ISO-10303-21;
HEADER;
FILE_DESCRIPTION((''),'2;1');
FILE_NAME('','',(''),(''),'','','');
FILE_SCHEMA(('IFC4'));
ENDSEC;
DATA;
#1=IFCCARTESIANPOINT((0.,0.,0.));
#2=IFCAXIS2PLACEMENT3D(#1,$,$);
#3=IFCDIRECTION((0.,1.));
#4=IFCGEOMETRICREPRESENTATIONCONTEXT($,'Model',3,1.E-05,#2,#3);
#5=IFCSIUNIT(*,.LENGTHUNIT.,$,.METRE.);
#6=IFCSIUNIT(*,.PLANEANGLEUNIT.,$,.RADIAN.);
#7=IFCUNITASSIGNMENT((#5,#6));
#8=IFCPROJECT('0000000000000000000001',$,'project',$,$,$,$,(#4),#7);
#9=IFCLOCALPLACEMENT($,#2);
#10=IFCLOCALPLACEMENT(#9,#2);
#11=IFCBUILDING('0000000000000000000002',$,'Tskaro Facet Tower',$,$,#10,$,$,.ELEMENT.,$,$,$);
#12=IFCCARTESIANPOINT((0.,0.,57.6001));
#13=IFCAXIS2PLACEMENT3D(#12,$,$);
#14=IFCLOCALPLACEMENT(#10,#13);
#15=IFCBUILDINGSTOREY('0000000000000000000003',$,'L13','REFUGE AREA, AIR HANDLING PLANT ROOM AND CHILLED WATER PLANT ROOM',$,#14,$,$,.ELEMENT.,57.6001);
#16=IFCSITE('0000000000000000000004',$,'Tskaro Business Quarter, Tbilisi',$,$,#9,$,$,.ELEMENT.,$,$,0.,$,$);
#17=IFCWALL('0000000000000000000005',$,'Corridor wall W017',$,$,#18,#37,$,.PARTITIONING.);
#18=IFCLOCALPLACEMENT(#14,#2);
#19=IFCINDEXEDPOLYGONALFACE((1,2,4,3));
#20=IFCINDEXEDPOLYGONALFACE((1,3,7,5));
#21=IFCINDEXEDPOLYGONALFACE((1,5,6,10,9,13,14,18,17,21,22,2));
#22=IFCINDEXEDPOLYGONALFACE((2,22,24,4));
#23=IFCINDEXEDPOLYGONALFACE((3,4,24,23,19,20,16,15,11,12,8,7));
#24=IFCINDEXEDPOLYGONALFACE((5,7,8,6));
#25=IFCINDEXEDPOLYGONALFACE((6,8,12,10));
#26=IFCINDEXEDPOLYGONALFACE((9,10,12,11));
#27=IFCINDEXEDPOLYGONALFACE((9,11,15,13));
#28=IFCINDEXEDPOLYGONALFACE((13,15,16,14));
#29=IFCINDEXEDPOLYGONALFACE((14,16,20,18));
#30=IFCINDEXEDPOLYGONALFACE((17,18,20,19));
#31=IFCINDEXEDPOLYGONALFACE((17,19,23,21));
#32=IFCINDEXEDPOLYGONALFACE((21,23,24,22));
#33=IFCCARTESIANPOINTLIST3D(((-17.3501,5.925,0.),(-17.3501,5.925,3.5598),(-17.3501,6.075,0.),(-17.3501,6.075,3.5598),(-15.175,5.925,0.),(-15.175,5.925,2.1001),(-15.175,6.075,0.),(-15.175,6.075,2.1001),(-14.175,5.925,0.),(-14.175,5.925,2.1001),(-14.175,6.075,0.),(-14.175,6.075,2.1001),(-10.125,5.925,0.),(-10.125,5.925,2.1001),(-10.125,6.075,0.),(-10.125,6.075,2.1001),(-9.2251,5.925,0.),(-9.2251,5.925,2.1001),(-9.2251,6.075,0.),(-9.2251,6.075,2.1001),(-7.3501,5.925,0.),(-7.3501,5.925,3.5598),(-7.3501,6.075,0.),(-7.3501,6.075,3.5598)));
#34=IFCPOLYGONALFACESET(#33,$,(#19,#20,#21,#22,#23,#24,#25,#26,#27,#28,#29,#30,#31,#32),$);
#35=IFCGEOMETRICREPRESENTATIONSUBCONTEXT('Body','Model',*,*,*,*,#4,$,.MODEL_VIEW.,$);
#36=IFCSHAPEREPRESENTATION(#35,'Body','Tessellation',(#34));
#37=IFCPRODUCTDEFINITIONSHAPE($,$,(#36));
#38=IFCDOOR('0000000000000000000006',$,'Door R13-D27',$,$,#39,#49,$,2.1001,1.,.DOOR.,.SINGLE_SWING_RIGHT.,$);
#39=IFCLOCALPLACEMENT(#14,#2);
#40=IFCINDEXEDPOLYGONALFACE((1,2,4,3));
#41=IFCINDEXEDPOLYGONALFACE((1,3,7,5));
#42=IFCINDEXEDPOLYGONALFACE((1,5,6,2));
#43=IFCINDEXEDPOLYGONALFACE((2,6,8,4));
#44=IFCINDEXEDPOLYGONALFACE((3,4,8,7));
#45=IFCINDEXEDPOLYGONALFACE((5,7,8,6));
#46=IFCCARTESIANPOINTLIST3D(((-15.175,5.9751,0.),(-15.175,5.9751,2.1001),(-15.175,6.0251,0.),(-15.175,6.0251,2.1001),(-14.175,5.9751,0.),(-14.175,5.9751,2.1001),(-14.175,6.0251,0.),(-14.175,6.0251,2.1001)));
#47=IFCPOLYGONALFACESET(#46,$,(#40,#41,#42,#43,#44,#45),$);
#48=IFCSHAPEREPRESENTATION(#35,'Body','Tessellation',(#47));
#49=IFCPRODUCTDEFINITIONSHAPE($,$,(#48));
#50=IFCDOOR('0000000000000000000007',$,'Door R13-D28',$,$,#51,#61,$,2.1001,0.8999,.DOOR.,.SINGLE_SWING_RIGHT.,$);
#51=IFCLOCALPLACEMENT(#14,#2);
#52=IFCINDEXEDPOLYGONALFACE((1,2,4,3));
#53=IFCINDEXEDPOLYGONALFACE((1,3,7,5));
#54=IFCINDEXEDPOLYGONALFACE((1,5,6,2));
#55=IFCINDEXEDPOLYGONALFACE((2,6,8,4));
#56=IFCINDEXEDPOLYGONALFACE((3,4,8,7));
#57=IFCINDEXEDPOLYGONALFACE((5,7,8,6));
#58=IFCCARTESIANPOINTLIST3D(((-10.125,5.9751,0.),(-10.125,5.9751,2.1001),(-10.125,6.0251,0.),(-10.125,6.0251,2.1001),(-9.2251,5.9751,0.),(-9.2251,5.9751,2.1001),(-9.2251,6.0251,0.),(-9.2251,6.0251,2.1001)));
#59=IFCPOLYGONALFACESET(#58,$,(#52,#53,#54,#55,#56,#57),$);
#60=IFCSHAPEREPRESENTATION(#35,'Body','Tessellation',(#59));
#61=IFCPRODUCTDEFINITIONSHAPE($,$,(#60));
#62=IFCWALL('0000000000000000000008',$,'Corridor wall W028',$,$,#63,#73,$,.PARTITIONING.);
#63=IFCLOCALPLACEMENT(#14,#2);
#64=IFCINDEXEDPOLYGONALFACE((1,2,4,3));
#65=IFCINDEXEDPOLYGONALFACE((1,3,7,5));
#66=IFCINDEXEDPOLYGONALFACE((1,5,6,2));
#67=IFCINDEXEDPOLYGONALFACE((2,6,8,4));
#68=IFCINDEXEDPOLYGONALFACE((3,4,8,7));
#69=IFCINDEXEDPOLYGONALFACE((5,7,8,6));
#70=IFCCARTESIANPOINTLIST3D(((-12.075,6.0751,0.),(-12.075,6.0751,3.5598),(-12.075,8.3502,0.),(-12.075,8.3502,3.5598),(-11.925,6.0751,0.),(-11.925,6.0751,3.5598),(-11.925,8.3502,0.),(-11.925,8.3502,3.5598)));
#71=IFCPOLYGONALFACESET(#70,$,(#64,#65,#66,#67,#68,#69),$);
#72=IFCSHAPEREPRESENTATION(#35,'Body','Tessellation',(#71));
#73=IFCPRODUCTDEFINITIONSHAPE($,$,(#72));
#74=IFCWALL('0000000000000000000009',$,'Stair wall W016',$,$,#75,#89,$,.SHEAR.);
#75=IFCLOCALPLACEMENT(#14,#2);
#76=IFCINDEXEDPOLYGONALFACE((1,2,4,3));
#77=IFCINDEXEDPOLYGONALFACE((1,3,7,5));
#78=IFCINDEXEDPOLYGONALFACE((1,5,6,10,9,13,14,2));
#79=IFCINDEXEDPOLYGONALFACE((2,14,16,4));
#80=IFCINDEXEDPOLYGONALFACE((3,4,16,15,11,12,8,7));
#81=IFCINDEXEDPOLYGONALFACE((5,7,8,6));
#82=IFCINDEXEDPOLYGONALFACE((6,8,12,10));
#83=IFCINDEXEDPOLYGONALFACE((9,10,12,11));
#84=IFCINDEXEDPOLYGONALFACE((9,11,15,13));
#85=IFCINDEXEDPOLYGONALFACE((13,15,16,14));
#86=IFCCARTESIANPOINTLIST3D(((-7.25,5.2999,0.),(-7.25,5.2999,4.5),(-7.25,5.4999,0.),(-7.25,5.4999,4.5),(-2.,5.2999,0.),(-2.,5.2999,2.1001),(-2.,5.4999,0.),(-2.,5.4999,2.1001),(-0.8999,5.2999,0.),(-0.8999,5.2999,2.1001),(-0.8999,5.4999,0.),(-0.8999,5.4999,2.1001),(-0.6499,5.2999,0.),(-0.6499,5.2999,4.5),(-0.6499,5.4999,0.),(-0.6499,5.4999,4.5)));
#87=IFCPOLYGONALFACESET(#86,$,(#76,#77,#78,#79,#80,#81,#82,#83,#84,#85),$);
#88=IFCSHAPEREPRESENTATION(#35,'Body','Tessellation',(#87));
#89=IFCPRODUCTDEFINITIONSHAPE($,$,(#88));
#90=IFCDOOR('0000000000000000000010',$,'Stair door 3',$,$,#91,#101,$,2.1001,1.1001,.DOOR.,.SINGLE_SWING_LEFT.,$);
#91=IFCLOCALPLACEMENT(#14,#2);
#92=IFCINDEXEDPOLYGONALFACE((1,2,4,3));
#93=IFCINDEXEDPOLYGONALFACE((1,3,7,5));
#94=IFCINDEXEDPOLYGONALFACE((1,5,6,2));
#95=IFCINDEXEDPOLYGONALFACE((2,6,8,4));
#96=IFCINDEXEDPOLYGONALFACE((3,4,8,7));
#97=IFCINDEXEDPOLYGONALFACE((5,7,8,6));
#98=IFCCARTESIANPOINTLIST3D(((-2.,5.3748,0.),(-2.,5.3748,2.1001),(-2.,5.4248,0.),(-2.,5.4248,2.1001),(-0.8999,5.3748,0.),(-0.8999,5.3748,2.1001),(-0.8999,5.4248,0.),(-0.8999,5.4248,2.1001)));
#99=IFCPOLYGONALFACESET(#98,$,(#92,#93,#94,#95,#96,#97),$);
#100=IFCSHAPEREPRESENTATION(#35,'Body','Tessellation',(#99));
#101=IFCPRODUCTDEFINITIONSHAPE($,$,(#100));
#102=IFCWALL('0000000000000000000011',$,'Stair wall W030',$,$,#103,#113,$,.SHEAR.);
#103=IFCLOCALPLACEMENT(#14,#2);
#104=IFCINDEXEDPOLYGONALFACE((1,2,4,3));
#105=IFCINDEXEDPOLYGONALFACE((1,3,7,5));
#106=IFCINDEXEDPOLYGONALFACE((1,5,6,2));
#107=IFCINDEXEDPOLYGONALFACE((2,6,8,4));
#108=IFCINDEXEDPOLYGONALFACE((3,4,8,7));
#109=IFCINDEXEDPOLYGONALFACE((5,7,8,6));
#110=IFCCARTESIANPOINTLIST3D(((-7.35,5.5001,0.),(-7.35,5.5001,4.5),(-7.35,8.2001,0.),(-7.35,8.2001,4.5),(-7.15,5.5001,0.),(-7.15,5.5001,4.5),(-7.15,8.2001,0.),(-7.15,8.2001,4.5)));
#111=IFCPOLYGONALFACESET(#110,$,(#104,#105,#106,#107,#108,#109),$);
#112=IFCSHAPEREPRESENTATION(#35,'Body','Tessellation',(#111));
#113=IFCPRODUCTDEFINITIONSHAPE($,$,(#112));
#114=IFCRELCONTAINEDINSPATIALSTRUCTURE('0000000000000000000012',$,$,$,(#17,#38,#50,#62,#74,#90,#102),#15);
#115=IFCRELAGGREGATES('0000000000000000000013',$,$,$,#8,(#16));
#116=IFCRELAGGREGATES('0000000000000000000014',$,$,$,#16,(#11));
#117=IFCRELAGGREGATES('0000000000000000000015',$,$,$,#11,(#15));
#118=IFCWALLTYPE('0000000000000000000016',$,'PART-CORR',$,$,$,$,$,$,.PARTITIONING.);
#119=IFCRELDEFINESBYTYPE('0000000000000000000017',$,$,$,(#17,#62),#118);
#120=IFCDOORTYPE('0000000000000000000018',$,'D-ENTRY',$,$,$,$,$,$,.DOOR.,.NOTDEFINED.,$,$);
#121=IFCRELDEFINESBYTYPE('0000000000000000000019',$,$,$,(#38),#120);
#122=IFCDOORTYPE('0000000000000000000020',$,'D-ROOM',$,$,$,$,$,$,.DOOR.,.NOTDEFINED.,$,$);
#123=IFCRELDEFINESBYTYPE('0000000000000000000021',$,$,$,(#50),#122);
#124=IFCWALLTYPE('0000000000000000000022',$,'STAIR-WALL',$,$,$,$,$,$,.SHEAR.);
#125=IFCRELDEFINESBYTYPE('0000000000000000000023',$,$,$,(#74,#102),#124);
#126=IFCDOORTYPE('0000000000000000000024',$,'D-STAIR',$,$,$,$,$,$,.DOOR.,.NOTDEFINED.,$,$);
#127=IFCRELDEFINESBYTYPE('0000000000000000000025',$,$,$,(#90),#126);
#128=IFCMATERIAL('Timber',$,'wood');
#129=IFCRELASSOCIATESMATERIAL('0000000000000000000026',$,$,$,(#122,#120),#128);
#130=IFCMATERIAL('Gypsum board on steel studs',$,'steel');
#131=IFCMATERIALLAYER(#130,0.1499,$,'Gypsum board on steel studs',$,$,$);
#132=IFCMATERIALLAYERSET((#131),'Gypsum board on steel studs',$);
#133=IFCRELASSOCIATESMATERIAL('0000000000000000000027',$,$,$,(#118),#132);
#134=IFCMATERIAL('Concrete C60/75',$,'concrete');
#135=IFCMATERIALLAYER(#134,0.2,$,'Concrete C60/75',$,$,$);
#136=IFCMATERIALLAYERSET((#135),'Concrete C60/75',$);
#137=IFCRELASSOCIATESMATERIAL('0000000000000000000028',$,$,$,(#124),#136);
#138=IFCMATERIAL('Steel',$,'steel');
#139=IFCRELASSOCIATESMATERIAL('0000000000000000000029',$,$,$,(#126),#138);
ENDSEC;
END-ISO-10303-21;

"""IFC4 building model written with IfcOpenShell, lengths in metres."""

from ifc_helpers import new_model, si_unit, direction, frame, frame_2d, origin, place, context, subcontext, project, spatial, rectangle, extrude, material, layer, layer_set, type_object, element, fill, save


model = new_model("IFC4")

# Units and contexts
model_context = context("Model", 3, precision=1e-05, world=origin(), true_north=direction((0.0, 1.0)))
body_context = subcontext(model_context, "Body", "Model", "MODEL_VIEW")
ifc_project = project(units=[si_unit("LENGTHUNIT", "METRE"), si_unit("PLANEANGLEUNIT", "RADIAN")], contexts=[model_context])

# Site, building, storey
site_placement = place(None, origin())
site = spatial("IfcSite", under=ifc_project, at=site_placement, Name="Tskaro Business Quarter, Tbilisi", CompositionType="ELEMENT", RefElevation=0.0)
building_placement = place(site_placement, origin())
building = spatial("IfcBuilding", under=site, at=building_placement, Name="Tskaro Facet Tower", CompositionType="ELEMENT")
storey_placement = place(building_placement, frame((0.0, 0.0, 57.6001)))
storey = spatial("IfcBuildingStorey", under=building, at=storey_placement, Name="L13", Description="REFUGE AREA, AIR HANDLING PLANT ROOM AND CHILLED WATER PLANT ROOM", CompositionType="ELEMENT", Elevation=57.6001)

# Shared definitions
ifc_material_1 = material(Name="Concrete C60/75", Category="concrete")

# Wall, openings, doors
ifc_material_2 = material(Name="Steel", Category="steel")
ifc_material_3 = material(Name="Timber", Category="wood")
door_type_1 = type_object("IfcDoorType", Name="D-ROOM", OperationType="NOTDEFINED", PredefinedType="DOOR", material=ifc_material_3)
ifc_material_4 = material(Name="Gypsum board on steel studs", Category="steel")
ifc_layer_1 = layer(ifc_material_4, 0.1499, Name="Gypsum board on steel studs")
ifc_layer_set_1 = layer_set([ifc_layer_1], Name="Gypsum board on steel studs")
wall_type_1 = type_object("IfcWallType", Name="PART-CORR", PredefinedType="PARTITIONING", material=ifc_layer_set_1)
wall_1_placement = place(storey_placement, frame((-7.3501, 6.0, 0.0), z_axis=(0.0, 0.0, 1.0), x_axis=(-1.0, 0.0, 0.0)))
wall_1 = element("IfcWall", 1, at=wall_1_placement, inside=storey, type_object=wall_type_1, Name="Corridor wall W017", PredefinedType="PARTITIONING", context=body_context, shape_type="SweptSolid", body=[
    extrude(rectangle(XDim=10.0, YDim=0.1499, at=frame_2d((5.0, 0.0))), origin(), (0.0, 0.0, 1.0), 3.5598),
])
opening_1_placement = place(wall_1_placement, frame((6.825, 0.0, 0.0)))
opening_1 = element("IfcOpeningElement", 2, at=opening_1_placement, cuts=wall_1, PredefinedType="OPENING", context=body_context, shape_type="SweptSolid", body=[
    extrude(rectangle(XDim=1.0, YDim=2.1001, at=frame_2d((0.5, 1.05))), frame((0.0, 0.085, 0.0), z_axis=(0.0, -1.0, 0.0), x_axis=(1.0, 0.0, 0.0)), (0.0, 0.0, 1.0), 0.1699),
])
opening_2_placement = place(wall_1_placement, frame((1.875, 0.0, 0.0)))
opening_2 = element("IfcOpeningElement", 3, at=opening_2_placement, cuts=wall_1, PredefinedType="OPENING", context=body_context, shape_type="SweptSolid", body=[
    extrude(rectangle(XDim=0.8999, YDim=2.1001, at=frame_2d((0.45, 1.05))), frame((0.0, 0.085, 0.0), z_axis=(0.0, -1.0, 0.0), x_axis=(1.0, 0.0, 0.0)), (0.0, 0.0, 1.0), 0.1699),
])
door_type_2 = type_object("IfcDoorType", Name="D-ENTRY", OperationType="NOTDEFINED", PredefinedType="DOOR", material=ifc_material_3)
door_1_placement = place(opening_1_placement, origin())
door_1 = element("IfcDoor", 4, at=door_1_placement, inside=storey, type_object=door_type_2, Name="Door R13-D27", OperationType="SINGLE_SWING_RIGHT", OverallHeight=2.1001, OverallWidth=1.0, PredefinedType="DOOR", context=body_context, shape_type="SweptSolid", body=[
    extrude(rectangle(XDim=1.0, YDim=2.1001, at=frame_2d((0.5, 1.05))), frame((0.0, 0.0249, 0.0), z_axis=(0.0, -1.0, 0.0), x_axis=(1.0, 0.0, 0.0)), (0.0, 0.0, 1.0), 0.05),
])
fill(opening_1, door_1)
door_2_placement = place(opening_2_placement, origin())
door_2 = element("IfcDoor", 5, at=door_2_placement, inside=storey, type_object=door_type_1, Name="Door R13-D28", OperationType="SINGLE_SWING_RIGHT", OverallHeight=2.1001, OverallWidth=0.8999, PredefinedType="DOOR", context=body_context, shape_type="SweptSolid", body=[
    extrude(rectangle(XDim=0.8999, YDim=2.1001, at=frame_2d((0.45, 1.05))), frame((0.0, 0.0249, 0.0), z_axis=(0.0, -1.0, 0.0), x_axis=(1.0, 0.0, 0.0)), (0.0, 0.0, 1.0), 0.05),
])
fill(opening_2, door_2)

# Wall
wall_2_placement = place(storey_placement, frame((-12.0, 6.075, 0.0), z_axis=(0.0, 0.0, 1.0), x_axis=(0.0, 1.0, 0.0)))
element("IfcWall", 6, at=wall_2_placement, inside=storey, type_object=wall_type_1, Name="Corridor wall W028", PredefinedType="PARTITIONING", context=body_context, shape_type="SweptSolid", body=[
    extrude(rectangle(XDim=2.2751, YDim=0.1499, at=frame_2d((1.1377, 0.0))), origin(), (0.0, 0.0, 1.0), 3.5598),
])

# Wall, opening, door
ifc_layer_2 = layer(ifc_material_1, 0.2, Name="Concrete C60/75")
ifc_layer_set_2 = layer_set([ifc_layer_2], Name="Concrete C60/75")
wall_type_2 = type_object("IfcWallType", Name="STAIR-WALL", PredefinedType="SHEAR", material=ifc_layer_set_2)
wall_3_placement = place(storey_placement, frame((-7.25, 5.3999, 0.0), z_axis=(0.0, 0.0, 1.0), x_axis=(1.0, 0.0, 0.0)))
wall_3 = element("IfcWall", 7, at=wall_3_placement, inside=storey, type_object=wall_type_2, Name="Stair wall W016", PredefinedType="SHEAR", context=body_context, shape_type="SweptSolid", body=[
    extrude(rectangle(XDim=6.6001, YDim=0.2, at=frame_2d((3.3, 0.0))), origin(), (0.0, 0.0, 1.0), 4.5),
])
opening_3_placement = place(wall_3_placement, frame((5.25, 0.0, 0.0)))
opening_3 = element("IfcOpeningElement", 8, at=opening_3_placement, cuts=wall_3, PredefinedType="OPENING", context=body_context, shape_type="SweptSolid", body=[
    extrude(rectangle(XDim=1.1001, YDim=2.1001, at=frame_2d((0.55, 1.05))), frame((0.0, 0.1099, 0.0), z_axis=(0.0, -1.0, 0.0), x_axis=(1.0, 0.0, 0.0)), (0.0, 0.0, 1.0), 0.22),
])
door_type_3 = type_object("IfcDoorType", Name="D-STAIR", OperationType="NOTDEFINED", PredefinedType="DOOR", material=ifc_material_2)
door_3_placement = place(opening_3_placement, origin())
door_3 = element("IfcDoor", 9, at=door_3_placement, inside=storey, type_object=door_type_3, Name="Stair door 3", OperationType="SINGLE_SWING_LEFT", OverallHeight=2.1001, OverallWidth=1.1001, PredefinedType="DOOR", context=body_context, shape_type="SweptSolid", body=[
    extrude(rectangle(XDim=1.1001, YDim=2.1001, at=frame_2d((0.55, 1.05))), frame((0.0, 0.0249, 0.0), z_axis=(0.0, -1.0, 0.0), x_axis=(1.0, 0.0, 0.0)), (0.0, 0.0, 1.0), 0.05),
])
fill(opening_3, door_3)

# Wall
wall_4_placement = place(storey_placement, frame((-7.25, 5.5, 0.0), z_axis=(0.0, 0.0, 1.0), x_axis=(0.0, 1.0, 0.0)))
element("IfcWall", 10, at=wall_4_placement, inside=storey, type_object=wall_type_2, Name="Stair wall W030", PredefinedType="SHEAR", context=body_context, shape_type="SweptSolid", body=[
    extrude(rectangle(XDim=2.7, YDim=0.2, at=frame_2d((1.3501, 0.0))), origin(), (0.0, 0.0, 1.0), 4.5),
])

save(model, "model.ifc")
